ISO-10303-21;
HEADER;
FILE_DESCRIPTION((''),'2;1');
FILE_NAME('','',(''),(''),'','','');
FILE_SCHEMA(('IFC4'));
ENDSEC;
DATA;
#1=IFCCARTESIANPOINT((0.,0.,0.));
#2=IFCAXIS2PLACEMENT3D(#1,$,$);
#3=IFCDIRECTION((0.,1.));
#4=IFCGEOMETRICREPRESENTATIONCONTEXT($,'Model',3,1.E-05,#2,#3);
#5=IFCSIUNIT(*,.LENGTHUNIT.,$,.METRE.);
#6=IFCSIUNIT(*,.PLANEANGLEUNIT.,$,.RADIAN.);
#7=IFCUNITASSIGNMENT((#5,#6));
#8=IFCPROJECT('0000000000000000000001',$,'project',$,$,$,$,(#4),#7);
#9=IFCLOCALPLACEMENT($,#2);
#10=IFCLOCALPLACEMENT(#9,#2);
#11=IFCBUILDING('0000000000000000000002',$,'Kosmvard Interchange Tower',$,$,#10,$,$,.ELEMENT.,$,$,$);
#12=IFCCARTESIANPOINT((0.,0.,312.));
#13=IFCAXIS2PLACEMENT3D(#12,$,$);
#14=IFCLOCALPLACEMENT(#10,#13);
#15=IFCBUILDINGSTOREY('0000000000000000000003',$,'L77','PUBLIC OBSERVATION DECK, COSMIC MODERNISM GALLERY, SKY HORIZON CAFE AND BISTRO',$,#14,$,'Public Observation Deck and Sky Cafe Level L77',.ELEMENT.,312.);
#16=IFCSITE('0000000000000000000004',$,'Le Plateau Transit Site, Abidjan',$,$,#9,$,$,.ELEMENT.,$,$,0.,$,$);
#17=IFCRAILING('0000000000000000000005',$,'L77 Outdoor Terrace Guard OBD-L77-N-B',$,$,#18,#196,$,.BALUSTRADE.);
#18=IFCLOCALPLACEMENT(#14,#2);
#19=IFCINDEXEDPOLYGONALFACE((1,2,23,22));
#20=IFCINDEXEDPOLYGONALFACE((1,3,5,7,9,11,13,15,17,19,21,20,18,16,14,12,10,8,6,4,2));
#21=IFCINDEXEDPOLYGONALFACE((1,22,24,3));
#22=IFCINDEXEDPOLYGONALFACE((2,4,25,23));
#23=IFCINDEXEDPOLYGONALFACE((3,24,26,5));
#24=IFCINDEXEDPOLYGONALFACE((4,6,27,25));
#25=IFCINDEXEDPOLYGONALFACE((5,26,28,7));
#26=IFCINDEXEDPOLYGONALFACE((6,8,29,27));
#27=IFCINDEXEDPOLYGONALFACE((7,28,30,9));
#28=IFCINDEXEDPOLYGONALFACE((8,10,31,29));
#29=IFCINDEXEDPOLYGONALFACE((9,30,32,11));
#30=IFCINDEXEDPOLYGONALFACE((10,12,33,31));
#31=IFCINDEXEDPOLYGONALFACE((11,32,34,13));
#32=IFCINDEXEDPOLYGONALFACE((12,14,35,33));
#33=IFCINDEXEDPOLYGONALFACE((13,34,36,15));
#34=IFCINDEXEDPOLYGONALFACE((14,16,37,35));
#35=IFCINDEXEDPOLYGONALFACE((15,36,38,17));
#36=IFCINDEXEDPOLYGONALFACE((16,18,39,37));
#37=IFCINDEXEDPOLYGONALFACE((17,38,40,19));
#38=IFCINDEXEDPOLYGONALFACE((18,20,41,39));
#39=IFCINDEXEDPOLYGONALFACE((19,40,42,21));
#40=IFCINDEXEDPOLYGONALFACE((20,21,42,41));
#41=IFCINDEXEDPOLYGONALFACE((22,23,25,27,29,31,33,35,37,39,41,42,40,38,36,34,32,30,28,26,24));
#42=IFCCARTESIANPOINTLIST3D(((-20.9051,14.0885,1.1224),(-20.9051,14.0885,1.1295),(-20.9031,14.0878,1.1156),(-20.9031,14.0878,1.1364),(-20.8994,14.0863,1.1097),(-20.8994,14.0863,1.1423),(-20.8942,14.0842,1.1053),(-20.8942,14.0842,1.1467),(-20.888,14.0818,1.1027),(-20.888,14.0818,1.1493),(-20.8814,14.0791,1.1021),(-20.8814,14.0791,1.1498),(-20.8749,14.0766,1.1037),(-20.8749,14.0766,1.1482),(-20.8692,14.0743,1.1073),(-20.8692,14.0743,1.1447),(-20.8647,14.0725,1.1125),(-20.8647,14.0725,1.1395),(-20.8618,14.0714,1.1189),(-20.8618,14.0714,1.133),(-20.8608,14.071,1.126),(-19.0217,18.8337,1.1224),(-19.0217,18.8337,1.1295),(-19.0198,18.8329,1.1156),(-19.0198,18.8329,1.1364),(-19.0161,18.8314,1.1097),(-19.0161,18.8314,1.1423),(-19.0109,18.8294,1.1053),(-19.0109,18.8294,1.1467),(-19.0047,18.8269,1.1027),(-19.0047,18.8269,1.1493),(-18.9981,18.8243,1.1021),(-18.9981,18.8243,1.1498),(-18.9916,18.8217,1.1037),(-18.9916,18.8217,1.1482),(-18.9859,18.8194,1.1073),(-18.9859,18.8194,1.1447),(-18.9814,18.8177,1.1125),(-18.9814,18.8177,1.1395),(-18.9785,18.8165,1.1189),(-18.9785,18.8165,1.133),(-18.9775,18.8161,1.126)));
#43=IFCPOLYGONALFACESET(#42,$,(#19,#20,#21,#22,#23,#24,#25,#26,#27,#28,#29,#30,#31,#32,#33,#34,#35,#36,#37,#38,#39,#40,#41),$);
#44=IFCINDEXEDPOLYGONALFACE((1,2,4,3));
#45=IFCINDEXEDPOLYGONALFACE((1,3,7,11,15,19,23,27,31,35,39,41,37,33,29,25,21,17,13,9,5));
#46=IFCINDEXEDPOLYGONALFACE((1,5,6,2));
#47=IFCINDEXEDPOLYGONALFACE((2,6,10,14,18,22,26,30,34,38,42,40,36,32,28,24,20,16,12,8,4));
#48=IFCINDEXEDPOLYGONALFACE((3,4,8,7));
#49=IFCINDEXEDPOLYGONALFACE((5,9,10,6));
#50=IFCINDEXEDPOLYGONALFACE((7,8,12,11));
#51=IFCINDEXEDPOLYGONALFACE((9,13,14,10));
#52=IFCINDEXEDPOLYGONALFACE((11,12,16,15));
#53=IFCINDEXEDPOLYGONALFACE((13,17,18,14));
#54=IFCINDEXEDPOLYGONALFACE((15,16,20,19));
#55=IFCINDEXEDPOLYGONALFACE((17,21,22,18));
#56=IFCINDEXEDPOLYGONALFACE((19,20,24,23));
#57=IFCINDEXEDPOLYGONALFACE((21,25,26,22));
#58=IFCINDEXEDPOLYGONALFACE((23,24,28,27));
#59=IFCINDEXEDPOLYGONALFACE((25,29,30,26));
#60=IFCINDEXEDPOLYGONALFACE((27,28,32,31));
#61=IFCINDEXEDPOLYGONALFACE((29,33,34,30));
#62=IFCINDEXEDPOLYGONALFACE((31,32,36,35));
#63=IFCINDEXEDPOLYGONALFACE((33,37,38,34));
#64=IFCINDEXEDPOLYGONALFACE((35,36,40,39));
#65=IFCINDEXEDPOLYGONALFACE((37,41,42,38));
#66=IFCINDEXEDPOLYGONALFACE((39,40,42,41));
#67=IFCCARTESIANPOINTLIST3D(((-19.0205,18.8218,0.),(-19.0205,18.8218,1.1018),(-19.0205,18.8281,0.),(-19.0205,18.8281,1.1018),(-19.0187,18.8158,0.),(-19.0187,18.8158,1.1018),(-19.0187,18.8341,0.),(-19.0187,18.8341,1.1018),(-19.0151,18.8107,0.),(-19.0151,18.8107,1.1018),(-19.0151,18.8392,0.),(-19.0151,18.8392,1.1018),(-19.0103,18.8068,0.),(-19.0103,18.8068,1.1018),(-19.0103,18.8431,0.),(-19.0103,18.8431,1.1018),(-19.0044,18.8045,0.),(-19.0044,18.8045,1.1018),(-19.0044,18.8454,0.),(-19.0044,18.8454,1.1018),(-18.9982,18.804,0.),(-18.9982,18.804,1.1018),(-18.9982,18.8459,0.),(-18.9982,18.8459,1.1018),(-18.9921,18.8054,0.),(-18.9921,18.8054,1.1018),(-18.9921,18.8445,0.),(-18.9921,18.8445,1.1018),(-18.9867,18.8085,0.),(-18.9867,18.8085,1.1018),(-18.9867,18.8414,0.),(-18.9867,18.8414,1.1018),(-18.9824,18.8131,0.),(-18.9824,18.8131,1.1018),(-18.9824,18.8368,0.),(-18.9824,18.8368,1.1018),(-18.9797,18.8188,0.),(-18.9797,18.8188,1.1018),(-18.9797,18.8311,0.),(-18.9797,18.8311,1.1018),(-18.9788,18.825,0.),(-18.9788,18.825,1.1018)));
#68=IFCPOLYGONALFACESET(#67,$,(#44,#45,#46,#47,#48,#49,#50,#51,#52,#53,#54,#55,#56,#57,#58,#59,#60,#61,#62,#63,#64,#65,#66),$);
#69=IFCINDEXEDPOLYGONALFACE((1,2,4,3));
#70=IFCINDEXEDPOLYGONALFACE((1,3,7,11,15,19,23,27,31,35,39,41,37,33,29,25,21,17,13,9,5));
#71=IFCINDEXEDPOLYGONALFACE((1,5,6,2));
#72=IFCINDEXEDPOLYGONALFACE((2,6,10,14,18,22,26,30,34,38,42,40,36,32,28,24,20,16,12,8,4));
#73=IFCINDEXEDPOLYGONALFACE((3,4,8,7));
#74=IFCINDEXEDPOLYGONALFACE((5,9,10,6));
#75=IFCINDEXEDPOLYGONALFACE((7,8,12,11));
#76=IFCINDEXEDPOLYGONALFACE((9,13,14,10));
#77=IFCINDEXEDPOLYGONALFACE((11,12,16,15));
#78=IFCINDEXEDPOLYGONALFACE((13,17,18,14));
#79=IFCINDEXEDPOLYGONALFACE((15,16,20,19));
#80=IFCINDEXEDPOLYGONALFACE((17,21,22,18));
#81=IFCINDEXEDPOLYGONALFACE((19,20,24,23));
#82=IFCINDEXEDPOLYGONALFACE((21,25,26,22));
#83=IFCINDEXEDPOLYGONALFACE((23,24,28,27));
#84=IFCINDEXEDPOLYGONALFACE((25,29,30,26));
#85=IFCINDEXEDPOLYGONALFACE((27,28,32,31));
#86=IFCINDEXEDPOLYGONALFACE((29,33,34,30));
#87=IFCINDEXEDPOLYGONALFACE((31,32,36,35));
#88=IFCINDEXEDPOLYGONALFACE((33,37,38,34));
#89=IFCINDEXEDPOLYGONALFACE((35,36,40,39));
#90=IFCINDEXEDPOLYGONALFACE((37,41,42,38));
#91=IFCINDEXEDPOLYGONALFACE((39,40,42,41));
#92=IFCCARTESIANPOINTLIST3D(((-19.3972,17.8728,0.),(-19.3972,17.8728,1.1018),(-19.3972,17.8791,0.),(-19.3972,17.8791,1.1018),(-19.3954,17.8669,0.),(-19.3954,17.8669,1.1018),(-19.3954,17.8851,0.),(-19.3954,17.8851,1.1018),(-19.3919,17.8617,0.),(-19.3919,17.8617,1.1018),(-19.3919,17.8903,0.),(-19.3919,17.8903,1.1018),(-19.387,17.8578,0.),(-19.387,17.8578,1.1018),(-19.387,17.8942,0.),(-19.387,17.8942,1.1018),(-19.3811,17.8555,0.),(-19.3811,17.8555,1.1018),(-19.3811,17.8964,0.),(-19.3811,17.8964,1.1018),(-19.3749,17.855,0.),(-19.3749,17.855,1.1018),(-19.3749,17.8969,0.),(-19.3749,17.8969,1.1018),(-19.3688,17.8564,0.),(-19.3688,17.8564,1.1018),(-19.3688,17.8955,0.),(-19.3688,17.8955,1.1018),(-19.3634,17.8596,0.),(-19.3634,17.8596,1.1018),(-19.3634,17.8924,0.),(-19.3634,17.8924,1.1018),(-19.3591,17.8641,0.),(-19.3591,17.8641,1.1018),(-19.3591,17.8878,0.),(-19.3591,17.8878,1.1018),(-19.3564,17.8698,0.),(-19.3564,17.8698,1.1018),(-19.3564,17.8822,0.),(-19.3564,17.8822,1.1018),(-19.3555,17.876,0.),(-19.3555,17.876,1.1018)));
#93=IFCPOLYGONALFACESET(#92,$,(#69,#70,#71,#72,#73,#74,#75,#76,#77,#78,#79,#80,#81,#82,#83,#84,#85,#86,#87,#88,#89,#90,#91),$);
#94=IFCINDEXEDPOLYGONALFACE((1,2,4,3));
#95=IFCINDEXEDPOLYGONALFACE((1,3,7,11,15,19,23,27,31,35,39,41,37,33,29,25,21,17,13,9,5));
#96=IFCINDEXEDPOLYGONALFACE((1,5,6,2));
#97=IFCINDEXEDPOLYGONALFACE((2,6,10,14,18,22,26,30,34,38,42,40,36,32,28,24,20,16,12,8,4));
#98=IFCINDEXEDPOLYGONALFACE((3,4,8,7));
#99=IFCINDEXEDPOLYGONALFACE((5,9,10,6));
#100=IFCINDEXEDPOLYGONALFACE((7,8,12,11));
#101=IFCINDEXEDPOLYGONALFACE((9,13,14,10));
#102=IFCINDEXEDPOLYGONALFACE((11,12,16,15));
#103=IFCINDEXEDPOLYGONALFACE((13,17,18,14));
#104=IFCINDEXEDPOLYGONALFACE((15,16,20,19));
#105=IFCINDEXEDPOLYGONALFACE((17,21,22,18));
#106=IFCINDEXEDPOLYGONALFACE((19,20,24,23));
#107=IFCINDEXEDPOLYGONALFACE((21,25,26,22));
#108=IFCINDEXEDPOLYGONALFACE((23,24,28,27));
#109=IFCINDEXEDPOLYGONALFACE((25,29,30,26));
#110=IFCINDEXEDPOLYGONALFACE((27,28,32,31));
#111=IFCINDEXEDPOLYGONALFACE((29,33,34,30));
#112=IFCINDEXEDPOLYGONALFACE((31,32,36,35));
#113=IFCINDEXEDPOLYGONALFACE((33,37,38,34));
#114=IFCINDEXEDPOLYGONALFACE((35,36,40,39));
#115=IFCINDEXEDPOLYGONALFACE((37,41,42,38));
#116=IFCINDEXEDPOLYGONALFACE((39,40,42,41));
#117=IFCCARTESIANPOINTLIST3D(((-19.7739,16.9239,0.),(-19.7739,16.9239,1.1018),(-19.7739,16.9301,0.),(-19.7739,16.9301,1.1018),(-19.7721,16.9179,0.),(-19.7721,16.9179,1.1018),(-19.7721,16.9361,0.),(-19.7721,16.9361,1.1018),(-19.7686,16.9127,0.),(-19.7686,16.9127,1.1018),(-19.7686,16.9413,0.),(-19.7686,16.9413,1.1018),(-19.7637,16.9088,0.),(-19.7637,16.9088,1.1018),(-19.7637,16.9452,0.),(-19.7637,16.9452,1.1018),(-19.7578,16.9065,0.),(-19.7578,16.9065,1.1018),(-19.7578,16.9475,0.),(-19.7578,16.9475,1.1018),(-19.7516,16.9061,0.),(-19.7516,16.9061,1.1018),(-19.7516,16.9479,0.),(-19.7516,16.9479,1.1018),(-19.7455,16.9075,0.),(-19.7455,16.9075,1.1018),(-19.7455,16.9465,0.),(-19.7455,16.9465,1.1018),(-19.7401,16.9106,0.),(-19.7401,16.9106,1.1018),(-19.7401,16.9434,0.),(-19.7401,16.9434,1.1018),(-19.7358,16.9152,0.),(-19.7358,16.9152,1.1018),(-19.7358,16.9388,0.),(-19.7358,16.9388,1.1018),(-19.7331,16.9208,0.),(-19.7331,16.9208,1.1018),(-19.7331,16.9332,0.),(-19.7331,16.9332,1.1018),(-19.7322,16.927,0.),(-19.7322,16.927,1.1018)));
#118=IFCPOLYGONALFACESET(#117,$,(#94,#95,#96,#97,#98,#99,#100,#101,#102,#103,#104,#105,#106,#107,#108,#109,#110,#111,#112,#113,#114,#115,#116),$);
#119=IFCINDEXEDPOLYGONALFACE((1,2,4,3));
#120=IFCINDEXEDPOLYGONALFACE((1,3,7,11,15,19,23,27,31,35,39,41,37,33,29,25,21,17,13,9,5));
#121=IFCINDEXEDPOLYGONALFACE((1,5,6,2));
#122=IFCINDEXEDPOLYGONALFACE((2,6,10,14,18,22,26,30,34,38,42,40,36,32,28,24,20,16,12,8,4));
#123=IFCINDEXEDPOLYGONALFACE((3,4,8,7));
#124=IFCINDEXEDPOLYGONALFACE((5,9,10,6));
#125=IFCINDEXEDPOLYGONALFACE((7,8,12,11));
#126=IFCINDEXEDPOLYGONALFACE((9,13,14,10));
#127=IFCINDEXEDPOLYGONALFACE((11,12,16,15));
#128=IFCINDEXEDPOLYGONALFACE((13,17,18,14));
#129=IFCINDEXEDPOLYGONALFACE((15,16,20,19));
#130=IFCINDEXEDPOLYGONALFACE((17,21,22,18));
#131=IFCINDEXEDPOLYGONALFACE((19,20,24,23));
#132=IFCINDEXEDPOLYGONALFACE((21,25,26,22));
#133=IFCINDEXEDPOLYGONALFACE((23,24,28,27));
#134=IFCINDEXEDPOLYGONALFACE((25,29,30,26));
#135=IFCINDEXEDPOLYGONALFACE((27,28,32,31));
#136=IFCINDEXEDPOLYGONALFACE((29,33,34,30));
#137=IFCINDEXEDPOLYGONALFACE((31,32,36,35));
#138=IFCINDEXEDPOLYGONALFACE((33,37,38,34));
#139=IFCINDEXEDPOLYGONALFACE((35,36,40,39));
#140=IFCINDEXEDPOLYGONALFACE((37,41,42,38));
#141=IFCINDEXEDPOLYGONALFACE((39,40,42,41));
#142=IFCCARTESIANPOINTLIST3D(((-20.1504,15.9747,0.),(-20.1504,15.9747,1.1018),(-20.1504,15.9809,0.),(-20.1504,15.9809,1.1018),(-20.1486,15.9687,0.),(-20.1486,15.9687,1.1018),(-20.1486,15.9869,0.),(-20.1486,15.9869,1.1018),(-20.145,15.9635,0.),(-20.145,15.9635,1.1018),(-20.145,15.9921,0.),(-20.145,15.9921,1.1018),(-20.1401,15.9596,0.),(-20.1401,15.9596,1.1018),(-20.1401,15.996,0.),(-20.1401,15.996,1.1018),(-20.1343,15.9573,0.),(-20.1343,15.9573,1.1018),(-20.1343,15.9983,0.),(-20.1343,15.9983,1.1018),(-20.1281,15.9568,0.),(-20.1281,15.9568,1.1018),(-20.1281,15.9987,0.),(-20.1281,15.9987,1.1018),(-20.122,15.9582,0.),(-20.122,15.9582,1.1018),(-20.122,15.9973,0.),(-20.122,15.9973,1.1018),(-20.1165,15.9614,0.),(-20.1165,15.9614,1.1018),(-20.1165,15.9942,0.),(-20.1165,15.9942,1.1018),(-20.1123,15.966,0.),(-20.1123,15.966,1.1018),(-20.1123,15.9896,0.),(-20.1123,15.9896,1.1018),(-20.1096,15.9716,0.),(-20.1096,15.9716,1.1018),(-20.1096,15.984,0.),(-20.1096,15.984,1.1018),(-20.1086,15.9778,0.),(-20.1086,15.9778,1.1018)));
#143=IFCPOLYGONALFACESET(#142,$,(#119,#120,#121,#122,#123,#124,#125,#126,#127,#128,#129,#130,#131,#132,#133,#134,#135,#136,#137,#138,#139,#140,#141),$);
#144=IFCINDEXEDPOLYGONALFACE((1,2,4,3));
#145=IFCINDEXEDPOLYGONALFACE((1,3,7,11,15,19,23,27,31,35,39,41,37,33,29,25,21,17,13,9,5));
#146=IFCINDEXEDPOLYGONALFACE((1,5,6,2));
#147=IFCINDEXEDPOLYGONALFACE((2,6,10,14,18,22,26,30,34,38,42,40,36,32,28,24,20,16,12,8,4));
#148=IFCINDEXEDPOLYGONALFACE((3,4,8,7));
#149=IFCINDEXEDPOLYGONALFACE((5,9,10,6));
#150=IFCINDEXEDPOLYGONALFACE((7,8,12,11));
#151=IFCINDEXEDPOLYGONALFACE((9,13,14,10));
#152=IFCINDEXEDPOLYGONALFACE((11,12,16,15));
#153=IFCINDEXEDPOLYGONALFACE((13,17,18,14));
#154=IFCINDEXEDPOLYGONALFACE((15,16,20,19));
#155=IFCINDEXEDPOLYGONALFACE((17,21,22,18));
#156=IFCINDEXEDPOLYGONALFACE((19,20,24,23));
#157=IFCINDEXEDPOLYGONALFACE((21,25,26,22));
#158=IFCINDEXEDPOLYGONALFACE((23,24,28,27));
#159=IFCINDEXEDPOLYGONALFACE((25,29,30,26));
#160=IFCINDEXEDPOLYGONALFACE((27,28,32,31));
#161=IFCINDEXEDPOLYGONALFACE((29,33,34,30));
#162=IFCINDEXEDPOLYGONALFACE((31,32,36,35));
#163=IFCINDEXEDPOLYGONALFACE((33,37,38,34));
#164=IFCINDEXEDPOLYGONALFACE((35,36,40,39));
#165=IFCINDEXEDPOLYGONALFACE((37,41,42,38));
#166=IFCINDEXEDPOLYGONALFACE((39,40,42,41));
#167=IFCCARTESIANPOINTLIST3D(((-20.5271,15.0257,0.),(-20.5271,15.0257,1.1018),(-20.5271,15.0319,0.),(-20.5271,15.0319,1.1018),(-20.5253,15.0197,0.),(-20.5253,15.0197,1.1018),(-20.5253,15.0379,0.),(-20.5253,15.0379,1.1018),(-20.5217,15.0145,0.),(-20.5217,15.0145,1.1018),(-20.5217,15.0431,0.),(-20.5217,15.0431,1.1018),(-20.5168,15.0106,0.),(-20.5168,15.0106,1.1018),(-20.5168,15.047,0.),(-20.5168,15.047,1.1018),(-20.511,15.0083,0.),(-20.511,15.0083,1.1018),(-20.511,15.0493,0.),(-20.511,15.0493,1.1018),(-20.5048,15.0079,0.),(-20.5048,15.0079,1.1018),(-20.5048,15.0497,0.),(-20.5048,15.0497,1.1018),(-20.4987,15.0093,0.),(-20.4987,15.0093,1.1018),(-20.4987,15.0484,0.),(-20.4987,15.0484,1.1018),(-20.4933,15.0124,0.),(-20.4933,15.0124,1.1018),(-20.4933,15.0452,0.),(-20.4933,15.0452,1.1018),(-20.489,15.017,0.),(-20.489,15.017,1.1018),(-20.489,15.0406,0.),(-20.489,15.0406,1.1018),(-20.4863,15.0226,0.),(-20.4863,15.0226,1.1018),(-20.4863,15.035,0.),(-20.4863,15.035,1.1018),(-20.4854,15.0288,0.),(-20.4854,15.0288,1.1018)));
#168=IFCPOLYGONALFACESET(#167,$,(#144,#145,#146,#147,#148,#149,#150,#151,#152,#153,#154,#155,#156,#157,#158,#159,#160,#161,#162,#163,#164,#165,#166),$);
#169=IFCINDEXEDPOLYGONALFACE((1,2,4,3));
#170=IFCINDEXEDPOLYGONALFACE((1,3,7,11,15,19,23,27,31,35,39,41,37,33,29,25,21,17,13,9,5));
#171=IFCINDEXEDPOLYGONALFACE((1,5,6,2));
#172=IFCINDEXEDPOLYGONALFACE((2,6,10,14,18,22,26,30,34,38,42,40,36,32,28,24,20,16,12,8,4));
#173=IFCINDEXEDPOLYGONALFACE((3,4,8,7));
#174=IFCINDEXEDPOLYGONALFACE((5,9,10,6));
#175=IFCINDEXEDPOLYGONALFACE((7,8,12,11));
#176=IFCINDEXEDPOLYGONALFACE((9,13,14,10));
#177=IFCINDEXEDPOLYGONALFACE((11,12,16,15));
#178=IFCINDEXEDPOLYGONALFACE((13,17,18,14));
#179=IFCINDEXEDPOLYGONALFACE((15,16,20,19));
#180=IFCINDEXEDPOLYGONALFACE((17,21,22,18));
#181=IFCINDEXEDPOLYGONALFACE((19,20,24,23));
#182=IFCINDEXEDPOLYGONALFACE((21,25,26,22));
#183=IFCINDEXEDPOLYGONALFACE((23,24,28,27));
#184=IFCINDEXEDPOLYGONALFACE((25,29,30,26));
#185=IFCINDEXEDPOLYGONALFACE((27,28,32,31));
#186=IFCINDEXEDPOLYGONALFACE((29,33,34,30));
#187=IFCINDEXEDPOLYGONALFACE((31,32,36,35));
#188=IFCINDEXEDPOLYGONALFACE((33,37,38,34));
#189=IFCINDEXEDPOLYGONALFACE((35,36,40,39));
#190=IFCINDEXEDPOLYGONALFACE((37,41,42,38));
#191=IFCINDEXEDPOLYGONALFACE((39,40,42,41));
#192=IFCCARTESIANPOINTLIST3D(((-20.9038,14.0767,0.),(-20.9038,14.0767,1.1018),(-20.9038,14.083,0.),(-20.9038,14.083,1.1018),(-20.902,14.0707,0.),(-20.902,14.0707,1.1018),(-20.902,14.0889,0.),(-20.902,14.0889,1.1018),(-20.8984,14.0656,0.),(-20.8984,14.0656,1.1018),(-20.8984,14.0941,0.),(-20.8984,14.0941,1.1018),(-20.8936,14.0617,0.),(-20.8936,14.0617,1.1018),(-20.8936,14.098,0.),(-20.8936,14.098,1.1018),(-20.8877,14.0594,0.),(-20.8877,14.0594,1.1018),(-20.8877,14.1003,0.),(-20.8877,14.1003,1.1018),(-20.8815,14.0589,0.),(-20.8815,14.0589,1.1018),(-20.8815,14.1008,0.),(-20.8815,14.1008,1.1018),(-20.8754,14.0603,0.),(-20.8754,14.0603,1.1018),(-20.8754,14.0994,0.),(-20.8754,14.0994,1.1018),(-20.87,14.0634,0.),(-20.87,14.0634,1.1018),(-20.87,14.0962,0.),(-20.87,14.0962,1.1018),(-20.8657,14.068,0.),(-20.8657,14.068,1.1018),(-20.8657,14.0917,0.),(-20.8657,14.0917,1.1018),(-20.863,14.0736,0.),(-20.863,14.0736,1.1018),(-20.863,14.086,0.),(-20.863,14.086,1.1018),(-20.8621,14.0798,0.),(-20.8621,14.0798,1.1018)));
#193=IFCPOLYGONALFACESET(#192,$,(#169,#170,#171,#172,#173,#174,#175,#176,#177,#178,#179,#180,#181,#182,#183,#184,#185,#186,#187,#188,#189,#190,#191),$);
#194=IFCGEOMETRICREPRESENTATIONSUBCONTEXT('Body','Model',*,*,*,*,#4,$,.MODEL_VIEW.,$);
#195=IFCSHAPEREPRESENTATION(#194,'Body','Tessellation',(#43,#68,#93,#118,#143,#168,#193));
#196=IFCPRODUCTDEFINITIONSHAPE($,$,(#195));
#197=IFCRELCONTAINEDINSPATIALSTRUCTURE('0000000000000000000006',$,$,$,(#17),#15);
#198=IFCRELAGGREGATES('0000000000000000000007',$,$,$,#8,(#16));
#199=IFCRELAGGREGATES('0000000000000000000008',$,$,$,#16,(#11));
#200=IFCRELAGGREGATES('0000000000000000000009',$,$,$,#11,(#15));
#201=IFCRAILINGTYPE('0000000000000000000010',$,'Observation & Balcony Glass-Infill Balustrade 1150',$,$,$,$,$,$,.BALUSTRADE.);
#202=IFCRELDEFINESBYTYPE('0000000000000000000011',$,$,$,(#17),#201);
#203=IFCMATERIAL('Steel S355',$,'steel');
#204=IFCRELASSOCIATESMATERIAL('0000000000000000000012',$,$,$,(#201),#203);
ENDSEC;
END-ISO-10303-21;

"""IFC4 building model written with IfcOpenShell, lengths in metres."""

from ifc_helpers import new_model, si_unit, direction, frame, origin, origin_2d, place, context, subcontext, project, spatial, circle, extrude, source, transform, mapped, material, type_object, element, save


model = new_model("IFC4")

# Units and contexts
model_context = context("Model", 3, precision=1e-05, world=origin(), true_north=direction((0.0, 1.0)))
body_context = subcontext(model_context, "Body", "Model", "MODEL_VIEW")
ifc_project = project(units=[si_unit("LENGTHUNIT", "METRE"), si_unit("PLANEANGLEUNIT", "RADIAN")], contexts=[model_context])

# Site, building, storey
site_placement = place(None, origin())
site = spatial("IfcSite", under=ifc_project, at=site_placement, Name="Le Plateau Transit Site, Abidjan", CompositionType="ELEMENT", RefElevation=0.0)
building_placement = place(site_placement, origin())
building = spatial("IfcBuilding", under=site, at=building_placement, Name="Kosmvard Interchange Tower", CompositionType="ELEMENT")
storey_placement = place(building_placement, frame((0.0, 0.0, 312.0)))
storey = spatial("IfcBuildingStorey", under=building, at=storey_placement, Name="L77", Description="PUBLIC OBSERVATION DECK, COSMIC MODERNISM GALLERY, SKY HORIZON CAFE AND BISTRO", LongName="Public Observation Deck and Sky Cafe Level L77", CompositionType="ELEMENT", Elevation=312.0)

# Shared definitions
ifc_material_1 = material(Name="Steel S355", Category="steel")

# Railing
railing_type = type_object("IfcRailingType", Name="Observation & Balcony Glass-Infill Balustrade 1150", PredefinedType="BALUSTRADE", material=ifc_material_1)
shared_shape_1 = source(origin(), body_context, "Body", "SweptSolid", [
    extrude(circle(Radius=0.0239, at=origin_2d()), frame((0.0, 0.0, 1.126), z_axis=(-0.368899, -0.929469, 0.0), x_axis=(0.929469, -0.368899, 0.0)), (0.0, 0.0, 1.0), 5.1052),
    extrude(circle(Radius=0.021, at=origin_2d()), origin(), (0.0, 0.0, 1.0), 1.1018),
    extrude(circle(Radius=0.021, at=origin_2d()), frame((-0.3767, -0.949, 0.0)), (0.0, 0.0, 1.0), 1.1018),
    extrude(circle(Radius=0.021, at=origin_2d()), frame((-0.7534, -1.8979, 0.0)), (0.0, 0.0, 1.0), 1.1018),
    extrude(circle(Radius=0.021, at=origin_2d()), frame((-1.1299, -2.8472, 0.0)), (0.0, 0.0, 1.0), 1.1018),
    extrude(circle(Radius=0.021, at=origin_2d()), frame((-1.5066, -3.7961, 0.0)), (0.0, 0.0, 1.0), 1.1018),
    extrude(circle(Radius=0.021, at=origin_2d()), frame((-1.8833, -4.7451, 0.0)), (0.0, 0.0, 1.0), 1.1018),
])
railing_1_placement = place(storey_placement, frame((-18.9998, 18.825, 0.0)))
element("IfcRailing", 1, at=railing_1_placement, inside=storey, type_object=railing_type, Name="L77 Outdoor Terrace Guard OBD-L77-N-B", PredefinedType="BALUSTRADE", context=body_context, shape_type="MappedRepresentation", body=[
    mapped(shared_shape_1, transform((0.0, 0.0, 0.0), scale=1.0)),
])

save(model, "model.ifc")
